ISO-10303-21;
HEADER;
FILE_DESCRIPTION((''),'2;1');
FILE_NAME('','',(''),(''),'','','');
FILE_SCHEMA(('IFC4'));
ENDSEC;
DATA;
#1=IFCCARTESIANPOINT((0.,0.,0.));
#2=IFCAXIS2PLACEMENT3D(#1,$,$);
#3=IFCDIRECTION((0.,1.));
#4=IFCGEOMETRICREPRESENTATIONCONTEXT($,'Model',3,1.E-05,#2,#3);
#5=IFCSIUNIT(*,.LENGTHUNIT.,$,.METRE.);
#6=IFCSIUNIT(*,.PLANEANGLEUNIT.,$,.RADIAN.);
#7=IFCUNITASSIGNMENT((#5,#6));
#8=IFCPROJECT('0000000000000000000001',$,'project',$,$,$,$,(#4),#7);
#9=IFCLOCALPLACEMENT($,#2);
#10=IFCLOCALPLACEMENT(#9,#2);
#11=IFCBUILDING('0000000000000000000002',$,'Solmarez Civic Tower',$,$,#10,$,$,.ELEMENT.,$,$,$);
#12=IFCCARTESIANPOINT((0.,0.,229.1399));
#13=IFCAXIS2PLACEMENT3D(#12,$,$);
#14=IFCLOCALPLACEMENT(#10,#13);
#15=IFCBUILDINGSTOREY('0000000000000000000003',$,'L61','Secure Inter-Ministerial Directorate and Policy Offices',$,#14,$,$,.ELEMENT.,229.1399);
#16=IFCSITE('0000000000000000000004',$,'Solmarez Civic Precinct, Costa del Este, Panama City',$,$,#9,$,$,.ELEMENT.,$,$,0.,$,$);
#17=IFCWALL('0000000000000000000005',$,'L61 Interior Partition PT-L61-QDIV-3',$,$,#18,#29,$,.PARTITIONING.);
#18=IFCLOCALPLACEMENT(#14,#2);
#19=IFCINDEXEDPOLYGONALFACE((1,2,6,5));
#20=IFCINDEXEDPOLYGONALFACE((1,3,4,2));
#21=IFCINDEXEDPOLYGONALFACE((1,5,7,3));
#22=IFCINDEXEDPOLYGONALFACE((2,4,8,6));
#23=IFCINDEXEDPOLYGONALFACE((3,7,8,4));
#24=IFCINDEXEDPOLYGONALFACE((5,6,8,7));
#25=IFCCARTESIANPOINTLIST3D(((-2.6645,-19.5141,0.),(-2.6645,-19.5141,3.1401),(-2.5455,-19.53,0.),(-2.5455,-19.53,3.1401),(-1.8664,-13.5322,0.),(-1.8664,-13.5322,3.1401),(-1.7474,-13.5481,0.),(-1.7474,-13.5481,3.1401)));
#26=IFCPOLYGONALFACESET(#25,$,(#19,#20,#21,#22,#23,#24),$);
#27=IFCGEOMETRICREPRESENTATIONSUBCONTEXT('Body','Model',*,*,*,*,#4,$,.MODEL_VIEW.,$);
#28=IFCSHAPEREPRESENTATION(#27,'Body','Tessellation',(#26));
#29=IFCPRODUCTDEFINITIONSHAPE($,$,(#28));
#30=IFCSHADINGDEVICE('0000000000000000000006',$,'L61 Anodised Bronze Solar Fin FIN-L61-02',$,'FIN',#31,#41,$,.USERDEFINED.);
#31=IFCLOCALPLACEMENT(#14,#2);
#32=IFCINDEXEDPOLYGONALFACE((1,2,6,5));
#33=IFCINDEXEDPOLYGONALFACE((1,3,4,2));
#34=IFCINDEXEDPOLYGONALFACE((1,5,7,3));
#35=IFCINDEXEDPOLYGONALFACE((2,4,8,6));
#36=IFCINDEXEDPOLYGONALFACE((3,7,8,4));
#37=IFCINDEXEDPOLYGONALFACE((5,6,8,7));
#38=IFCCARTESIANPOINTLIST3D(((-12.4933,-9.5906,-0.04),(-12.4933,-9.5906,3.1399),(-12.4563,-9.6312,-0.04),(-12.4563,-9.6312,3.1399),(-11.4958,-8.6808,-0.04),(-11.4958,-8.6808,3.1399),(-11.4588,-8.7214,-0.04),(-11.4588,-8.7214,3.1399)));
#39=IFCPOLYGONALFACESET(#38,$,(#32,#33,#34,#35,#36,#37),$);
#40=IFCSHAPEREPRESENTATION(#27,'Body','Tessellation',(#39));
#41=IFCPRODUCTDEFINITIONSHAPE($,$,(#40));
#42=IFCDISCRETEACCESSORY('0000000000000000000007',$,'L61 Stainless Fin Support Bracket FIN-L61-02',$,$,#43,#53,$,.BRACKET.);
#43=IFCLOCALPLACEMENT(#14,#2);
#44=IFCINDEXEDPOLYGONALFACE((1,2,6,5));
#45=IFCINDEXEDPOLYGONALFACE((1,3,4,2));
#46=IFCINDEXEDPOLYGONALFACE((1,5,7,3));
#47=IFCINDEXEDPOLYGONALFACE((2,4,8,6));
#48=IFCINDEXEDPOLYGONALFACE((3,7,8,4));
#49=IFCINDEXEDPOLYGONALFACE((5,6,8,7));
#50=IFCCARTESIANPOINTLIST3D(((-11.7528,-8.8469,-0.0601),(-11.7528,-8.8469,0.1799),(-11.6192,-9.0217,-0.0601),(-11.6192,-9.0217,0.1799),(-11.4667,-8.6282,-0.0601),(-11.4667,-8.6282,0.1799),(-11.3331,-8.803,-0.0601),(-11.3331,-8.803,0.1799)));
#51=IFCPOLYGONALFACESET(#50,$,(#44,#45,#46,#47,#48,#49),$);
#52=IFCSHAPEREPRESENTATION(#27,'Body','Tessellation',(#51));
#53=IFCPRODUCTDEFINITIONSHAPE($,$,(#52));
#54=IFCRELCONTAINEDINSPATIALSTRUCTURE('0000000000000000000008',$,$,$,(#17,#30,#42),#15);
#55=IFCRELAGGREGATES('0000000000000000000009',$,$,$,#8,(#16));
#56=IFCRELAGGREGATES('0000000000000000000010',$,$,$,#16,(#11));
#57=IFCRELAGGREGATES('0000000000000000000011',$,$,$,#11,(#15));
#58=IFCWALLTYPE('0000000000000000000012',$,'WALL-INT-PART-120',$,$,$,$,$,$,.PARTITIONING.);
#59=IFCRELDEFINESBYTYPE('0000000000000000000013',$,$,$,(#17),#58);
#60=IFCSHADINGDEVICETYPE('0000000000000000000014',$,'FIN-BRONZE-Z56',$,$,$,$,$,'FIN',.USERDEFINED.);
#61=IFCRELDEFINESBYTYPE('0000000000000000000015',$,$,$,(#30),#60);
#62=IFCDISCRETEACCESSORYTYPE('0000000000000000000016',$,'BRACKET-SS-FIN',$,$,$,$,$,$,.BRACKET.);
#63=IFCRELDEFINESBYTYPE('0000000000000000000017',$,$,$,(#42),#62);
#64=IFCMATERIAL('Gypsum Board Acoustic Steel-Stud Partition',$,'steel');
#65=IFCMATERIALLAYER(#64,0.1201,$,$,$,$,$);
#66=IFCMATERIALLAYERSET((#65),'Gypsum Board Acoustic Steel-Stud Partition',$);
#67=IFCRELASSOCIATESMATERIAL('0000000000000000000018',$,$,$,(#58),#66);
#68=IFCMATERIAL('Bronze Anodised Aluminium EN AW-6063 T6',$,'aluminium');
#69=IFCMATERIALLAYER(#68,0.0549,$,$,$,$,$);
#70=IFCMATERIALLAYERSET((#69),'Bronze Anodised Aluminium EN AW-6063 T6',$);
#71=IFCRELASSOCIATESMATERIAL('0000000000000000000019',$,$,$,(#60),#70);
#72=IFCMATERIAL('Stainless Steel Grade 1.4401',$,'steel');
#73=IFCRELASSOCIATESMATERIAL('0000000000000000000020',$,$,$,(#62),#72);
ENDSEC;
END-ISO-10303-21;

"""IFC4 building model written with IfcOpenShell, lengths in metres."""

from ifc_helpers import new_model, si_unit, direction, frame, frame_2d, origin, origin_2d, place, context, subcontext, project, spatial, rectangle, extrude, material, layer, layer_set, type_object, element, save


model = new_model("IFC4")

# Units and contexts
model_context = context("Model", 3, precision=1e-05, world=origin(), true_north=direction((0.0, 1.0)))
body_context = subcontext(model_context, "Body", "Model", "MODEL_VIEW")
ifc_project = project(units=[si_unit("LENGTHUNIT", "METRE"), si_unit("PLANEANGLEUNIT", "RADIAN")], contexts=[model_context])

# Site, building, storey
site_placement = place(None, origin())
site = spatial("IfcSite", under=ifc_project, at=site_placement, Name="Solmarez Civic Precinct, Costa del Este, Panama City", CompositionType="ELEMENT", RefElevation=0.0)
building_placement = place(site_placement, origin())
building = spatial("IfcBuilding", under=site, at=building_placement, Name="Solmarez Civic Tower", CompositionType="ELEMENT")
storey_placement = place(building_placement, frame((0.0, 0.0, 229.1399)))
storey = spatial("IfcBuildingStorey", under=building, at=storey_placement, Name="L61", Description="Secure Inter-Ministerial Directorate and Policy Offices", CompositionType="ELEMENT", Elevation=229.1399)

# Shared definitions
ifc_material_1 = material(Name="Bronze Anodised Aluminium EN AW-6063 T6", Category="aluminium")

# Wall
ifc_material_2 = material(Name="Gypsum Board Acoustic Steel-Stud Partition", Category="steel")
ifc_layer_1 = layer(ifc_material_2, 0.1201)
ifc_layer_set_1 = layer_set([ifc_layer_1], Name="Gypsum Board Acoustic Steel-Stud Partition")
wall_type_1 = type_object("IfcWallType", Name="WALL-INT-PART-120", PredefinedType="PARTITIONING", material=ifc_layer_set_1)
wall_1_placement = place(storey_placement, frame((-1.8069, -13.54, 0.0), z_axis=(0.0, 0.0, 1.0), x_axis=(-0.132246, -0.991217, 0.0)))
element("IfcWall", 1, at=wall_1_placement, inside=storey, type_object=wall_type_1, Name="L61 Interior Partition PT-L61-QDIV-3", PredefinedType="PARTITIONING", context=body_context, shape_type="SweptSolid", body=[
    extrude(rectangle(XDim=6.0349, YDim=0.1201, at=frame_2d((3.0176, 0.0))), origin(), (0.0, 0.0, 1.0), 3.1401),
])

# Shading device
ifc_layer_2 = layer(ifc_material_1, 0.0549)
ifc_layer_set_2 = layer_set([ifc_layer_2], Name="Bronze Anodised Aluminium EN AW-6063 T6")
shading_device_type = type_object("IfcShadingDeviceType", Name="FIN-BRONZE-Z56", ElementType="FIN", PredefinedType="USERDEFINED", material=ifc_layer_set_2)
shading_device_placement = place(storey_placement, frame((-11.9761, -9.156, -0.04), z_axis=(0.0, 0.0, 1.0), x_axis=(-0.738855, -0.673864, 0.0)))
element("IfcShadingDevice", 2, at=shading_device_placement, inside=storey, type_object=shading_device_type, Name="L61 Anodised Bronze Solar Fin FIN-L61-02", ObjectType="FIN", PredefinedType="USERDEFINED", context=body_context, shape_type="SweptSolid", body=[
    extrude(rectangle(XDim=1.3501, YDim=0.0549, at=origin_2d()), origin(), (0.0, 0.0, 1.0), 3.1799),
])

# Discrete accessory
ifc_material_3 = material(Name="Stainless Steel Grade 1.4401", Category="steel")
discrete_accessory_type = type_object("IfcDiscreteAccessoryType", Name="BRACKET-SS-FIN", PredefinedType="BRACKET", material=ifc_material_3)
discrete_accessory_placement = place(storey_placement, frame((-11.543, -8.825, -0.0601), z_axis=(0.0, 0.0, 1.0), x_axis=(-0.794424, -0.607364, 0.0)))
element("IfcDiscreteAccessory", 3, at=discrete_accessory_placement, inside=storey, type_object=discrete_accessory_type, Name="L61 Stainless Fin Support Bracket FIN-L61-02", PredefinedType="BRACKET", context=body_context, shape_type="SweptSolid", body=[
    extrude(rectangle(XDim=0.3601, YDim=0.22, at=origin_2d()), origin(), (0.0, 0.0, 1.0), 0.24),
])

save(model, "model.ifc")
